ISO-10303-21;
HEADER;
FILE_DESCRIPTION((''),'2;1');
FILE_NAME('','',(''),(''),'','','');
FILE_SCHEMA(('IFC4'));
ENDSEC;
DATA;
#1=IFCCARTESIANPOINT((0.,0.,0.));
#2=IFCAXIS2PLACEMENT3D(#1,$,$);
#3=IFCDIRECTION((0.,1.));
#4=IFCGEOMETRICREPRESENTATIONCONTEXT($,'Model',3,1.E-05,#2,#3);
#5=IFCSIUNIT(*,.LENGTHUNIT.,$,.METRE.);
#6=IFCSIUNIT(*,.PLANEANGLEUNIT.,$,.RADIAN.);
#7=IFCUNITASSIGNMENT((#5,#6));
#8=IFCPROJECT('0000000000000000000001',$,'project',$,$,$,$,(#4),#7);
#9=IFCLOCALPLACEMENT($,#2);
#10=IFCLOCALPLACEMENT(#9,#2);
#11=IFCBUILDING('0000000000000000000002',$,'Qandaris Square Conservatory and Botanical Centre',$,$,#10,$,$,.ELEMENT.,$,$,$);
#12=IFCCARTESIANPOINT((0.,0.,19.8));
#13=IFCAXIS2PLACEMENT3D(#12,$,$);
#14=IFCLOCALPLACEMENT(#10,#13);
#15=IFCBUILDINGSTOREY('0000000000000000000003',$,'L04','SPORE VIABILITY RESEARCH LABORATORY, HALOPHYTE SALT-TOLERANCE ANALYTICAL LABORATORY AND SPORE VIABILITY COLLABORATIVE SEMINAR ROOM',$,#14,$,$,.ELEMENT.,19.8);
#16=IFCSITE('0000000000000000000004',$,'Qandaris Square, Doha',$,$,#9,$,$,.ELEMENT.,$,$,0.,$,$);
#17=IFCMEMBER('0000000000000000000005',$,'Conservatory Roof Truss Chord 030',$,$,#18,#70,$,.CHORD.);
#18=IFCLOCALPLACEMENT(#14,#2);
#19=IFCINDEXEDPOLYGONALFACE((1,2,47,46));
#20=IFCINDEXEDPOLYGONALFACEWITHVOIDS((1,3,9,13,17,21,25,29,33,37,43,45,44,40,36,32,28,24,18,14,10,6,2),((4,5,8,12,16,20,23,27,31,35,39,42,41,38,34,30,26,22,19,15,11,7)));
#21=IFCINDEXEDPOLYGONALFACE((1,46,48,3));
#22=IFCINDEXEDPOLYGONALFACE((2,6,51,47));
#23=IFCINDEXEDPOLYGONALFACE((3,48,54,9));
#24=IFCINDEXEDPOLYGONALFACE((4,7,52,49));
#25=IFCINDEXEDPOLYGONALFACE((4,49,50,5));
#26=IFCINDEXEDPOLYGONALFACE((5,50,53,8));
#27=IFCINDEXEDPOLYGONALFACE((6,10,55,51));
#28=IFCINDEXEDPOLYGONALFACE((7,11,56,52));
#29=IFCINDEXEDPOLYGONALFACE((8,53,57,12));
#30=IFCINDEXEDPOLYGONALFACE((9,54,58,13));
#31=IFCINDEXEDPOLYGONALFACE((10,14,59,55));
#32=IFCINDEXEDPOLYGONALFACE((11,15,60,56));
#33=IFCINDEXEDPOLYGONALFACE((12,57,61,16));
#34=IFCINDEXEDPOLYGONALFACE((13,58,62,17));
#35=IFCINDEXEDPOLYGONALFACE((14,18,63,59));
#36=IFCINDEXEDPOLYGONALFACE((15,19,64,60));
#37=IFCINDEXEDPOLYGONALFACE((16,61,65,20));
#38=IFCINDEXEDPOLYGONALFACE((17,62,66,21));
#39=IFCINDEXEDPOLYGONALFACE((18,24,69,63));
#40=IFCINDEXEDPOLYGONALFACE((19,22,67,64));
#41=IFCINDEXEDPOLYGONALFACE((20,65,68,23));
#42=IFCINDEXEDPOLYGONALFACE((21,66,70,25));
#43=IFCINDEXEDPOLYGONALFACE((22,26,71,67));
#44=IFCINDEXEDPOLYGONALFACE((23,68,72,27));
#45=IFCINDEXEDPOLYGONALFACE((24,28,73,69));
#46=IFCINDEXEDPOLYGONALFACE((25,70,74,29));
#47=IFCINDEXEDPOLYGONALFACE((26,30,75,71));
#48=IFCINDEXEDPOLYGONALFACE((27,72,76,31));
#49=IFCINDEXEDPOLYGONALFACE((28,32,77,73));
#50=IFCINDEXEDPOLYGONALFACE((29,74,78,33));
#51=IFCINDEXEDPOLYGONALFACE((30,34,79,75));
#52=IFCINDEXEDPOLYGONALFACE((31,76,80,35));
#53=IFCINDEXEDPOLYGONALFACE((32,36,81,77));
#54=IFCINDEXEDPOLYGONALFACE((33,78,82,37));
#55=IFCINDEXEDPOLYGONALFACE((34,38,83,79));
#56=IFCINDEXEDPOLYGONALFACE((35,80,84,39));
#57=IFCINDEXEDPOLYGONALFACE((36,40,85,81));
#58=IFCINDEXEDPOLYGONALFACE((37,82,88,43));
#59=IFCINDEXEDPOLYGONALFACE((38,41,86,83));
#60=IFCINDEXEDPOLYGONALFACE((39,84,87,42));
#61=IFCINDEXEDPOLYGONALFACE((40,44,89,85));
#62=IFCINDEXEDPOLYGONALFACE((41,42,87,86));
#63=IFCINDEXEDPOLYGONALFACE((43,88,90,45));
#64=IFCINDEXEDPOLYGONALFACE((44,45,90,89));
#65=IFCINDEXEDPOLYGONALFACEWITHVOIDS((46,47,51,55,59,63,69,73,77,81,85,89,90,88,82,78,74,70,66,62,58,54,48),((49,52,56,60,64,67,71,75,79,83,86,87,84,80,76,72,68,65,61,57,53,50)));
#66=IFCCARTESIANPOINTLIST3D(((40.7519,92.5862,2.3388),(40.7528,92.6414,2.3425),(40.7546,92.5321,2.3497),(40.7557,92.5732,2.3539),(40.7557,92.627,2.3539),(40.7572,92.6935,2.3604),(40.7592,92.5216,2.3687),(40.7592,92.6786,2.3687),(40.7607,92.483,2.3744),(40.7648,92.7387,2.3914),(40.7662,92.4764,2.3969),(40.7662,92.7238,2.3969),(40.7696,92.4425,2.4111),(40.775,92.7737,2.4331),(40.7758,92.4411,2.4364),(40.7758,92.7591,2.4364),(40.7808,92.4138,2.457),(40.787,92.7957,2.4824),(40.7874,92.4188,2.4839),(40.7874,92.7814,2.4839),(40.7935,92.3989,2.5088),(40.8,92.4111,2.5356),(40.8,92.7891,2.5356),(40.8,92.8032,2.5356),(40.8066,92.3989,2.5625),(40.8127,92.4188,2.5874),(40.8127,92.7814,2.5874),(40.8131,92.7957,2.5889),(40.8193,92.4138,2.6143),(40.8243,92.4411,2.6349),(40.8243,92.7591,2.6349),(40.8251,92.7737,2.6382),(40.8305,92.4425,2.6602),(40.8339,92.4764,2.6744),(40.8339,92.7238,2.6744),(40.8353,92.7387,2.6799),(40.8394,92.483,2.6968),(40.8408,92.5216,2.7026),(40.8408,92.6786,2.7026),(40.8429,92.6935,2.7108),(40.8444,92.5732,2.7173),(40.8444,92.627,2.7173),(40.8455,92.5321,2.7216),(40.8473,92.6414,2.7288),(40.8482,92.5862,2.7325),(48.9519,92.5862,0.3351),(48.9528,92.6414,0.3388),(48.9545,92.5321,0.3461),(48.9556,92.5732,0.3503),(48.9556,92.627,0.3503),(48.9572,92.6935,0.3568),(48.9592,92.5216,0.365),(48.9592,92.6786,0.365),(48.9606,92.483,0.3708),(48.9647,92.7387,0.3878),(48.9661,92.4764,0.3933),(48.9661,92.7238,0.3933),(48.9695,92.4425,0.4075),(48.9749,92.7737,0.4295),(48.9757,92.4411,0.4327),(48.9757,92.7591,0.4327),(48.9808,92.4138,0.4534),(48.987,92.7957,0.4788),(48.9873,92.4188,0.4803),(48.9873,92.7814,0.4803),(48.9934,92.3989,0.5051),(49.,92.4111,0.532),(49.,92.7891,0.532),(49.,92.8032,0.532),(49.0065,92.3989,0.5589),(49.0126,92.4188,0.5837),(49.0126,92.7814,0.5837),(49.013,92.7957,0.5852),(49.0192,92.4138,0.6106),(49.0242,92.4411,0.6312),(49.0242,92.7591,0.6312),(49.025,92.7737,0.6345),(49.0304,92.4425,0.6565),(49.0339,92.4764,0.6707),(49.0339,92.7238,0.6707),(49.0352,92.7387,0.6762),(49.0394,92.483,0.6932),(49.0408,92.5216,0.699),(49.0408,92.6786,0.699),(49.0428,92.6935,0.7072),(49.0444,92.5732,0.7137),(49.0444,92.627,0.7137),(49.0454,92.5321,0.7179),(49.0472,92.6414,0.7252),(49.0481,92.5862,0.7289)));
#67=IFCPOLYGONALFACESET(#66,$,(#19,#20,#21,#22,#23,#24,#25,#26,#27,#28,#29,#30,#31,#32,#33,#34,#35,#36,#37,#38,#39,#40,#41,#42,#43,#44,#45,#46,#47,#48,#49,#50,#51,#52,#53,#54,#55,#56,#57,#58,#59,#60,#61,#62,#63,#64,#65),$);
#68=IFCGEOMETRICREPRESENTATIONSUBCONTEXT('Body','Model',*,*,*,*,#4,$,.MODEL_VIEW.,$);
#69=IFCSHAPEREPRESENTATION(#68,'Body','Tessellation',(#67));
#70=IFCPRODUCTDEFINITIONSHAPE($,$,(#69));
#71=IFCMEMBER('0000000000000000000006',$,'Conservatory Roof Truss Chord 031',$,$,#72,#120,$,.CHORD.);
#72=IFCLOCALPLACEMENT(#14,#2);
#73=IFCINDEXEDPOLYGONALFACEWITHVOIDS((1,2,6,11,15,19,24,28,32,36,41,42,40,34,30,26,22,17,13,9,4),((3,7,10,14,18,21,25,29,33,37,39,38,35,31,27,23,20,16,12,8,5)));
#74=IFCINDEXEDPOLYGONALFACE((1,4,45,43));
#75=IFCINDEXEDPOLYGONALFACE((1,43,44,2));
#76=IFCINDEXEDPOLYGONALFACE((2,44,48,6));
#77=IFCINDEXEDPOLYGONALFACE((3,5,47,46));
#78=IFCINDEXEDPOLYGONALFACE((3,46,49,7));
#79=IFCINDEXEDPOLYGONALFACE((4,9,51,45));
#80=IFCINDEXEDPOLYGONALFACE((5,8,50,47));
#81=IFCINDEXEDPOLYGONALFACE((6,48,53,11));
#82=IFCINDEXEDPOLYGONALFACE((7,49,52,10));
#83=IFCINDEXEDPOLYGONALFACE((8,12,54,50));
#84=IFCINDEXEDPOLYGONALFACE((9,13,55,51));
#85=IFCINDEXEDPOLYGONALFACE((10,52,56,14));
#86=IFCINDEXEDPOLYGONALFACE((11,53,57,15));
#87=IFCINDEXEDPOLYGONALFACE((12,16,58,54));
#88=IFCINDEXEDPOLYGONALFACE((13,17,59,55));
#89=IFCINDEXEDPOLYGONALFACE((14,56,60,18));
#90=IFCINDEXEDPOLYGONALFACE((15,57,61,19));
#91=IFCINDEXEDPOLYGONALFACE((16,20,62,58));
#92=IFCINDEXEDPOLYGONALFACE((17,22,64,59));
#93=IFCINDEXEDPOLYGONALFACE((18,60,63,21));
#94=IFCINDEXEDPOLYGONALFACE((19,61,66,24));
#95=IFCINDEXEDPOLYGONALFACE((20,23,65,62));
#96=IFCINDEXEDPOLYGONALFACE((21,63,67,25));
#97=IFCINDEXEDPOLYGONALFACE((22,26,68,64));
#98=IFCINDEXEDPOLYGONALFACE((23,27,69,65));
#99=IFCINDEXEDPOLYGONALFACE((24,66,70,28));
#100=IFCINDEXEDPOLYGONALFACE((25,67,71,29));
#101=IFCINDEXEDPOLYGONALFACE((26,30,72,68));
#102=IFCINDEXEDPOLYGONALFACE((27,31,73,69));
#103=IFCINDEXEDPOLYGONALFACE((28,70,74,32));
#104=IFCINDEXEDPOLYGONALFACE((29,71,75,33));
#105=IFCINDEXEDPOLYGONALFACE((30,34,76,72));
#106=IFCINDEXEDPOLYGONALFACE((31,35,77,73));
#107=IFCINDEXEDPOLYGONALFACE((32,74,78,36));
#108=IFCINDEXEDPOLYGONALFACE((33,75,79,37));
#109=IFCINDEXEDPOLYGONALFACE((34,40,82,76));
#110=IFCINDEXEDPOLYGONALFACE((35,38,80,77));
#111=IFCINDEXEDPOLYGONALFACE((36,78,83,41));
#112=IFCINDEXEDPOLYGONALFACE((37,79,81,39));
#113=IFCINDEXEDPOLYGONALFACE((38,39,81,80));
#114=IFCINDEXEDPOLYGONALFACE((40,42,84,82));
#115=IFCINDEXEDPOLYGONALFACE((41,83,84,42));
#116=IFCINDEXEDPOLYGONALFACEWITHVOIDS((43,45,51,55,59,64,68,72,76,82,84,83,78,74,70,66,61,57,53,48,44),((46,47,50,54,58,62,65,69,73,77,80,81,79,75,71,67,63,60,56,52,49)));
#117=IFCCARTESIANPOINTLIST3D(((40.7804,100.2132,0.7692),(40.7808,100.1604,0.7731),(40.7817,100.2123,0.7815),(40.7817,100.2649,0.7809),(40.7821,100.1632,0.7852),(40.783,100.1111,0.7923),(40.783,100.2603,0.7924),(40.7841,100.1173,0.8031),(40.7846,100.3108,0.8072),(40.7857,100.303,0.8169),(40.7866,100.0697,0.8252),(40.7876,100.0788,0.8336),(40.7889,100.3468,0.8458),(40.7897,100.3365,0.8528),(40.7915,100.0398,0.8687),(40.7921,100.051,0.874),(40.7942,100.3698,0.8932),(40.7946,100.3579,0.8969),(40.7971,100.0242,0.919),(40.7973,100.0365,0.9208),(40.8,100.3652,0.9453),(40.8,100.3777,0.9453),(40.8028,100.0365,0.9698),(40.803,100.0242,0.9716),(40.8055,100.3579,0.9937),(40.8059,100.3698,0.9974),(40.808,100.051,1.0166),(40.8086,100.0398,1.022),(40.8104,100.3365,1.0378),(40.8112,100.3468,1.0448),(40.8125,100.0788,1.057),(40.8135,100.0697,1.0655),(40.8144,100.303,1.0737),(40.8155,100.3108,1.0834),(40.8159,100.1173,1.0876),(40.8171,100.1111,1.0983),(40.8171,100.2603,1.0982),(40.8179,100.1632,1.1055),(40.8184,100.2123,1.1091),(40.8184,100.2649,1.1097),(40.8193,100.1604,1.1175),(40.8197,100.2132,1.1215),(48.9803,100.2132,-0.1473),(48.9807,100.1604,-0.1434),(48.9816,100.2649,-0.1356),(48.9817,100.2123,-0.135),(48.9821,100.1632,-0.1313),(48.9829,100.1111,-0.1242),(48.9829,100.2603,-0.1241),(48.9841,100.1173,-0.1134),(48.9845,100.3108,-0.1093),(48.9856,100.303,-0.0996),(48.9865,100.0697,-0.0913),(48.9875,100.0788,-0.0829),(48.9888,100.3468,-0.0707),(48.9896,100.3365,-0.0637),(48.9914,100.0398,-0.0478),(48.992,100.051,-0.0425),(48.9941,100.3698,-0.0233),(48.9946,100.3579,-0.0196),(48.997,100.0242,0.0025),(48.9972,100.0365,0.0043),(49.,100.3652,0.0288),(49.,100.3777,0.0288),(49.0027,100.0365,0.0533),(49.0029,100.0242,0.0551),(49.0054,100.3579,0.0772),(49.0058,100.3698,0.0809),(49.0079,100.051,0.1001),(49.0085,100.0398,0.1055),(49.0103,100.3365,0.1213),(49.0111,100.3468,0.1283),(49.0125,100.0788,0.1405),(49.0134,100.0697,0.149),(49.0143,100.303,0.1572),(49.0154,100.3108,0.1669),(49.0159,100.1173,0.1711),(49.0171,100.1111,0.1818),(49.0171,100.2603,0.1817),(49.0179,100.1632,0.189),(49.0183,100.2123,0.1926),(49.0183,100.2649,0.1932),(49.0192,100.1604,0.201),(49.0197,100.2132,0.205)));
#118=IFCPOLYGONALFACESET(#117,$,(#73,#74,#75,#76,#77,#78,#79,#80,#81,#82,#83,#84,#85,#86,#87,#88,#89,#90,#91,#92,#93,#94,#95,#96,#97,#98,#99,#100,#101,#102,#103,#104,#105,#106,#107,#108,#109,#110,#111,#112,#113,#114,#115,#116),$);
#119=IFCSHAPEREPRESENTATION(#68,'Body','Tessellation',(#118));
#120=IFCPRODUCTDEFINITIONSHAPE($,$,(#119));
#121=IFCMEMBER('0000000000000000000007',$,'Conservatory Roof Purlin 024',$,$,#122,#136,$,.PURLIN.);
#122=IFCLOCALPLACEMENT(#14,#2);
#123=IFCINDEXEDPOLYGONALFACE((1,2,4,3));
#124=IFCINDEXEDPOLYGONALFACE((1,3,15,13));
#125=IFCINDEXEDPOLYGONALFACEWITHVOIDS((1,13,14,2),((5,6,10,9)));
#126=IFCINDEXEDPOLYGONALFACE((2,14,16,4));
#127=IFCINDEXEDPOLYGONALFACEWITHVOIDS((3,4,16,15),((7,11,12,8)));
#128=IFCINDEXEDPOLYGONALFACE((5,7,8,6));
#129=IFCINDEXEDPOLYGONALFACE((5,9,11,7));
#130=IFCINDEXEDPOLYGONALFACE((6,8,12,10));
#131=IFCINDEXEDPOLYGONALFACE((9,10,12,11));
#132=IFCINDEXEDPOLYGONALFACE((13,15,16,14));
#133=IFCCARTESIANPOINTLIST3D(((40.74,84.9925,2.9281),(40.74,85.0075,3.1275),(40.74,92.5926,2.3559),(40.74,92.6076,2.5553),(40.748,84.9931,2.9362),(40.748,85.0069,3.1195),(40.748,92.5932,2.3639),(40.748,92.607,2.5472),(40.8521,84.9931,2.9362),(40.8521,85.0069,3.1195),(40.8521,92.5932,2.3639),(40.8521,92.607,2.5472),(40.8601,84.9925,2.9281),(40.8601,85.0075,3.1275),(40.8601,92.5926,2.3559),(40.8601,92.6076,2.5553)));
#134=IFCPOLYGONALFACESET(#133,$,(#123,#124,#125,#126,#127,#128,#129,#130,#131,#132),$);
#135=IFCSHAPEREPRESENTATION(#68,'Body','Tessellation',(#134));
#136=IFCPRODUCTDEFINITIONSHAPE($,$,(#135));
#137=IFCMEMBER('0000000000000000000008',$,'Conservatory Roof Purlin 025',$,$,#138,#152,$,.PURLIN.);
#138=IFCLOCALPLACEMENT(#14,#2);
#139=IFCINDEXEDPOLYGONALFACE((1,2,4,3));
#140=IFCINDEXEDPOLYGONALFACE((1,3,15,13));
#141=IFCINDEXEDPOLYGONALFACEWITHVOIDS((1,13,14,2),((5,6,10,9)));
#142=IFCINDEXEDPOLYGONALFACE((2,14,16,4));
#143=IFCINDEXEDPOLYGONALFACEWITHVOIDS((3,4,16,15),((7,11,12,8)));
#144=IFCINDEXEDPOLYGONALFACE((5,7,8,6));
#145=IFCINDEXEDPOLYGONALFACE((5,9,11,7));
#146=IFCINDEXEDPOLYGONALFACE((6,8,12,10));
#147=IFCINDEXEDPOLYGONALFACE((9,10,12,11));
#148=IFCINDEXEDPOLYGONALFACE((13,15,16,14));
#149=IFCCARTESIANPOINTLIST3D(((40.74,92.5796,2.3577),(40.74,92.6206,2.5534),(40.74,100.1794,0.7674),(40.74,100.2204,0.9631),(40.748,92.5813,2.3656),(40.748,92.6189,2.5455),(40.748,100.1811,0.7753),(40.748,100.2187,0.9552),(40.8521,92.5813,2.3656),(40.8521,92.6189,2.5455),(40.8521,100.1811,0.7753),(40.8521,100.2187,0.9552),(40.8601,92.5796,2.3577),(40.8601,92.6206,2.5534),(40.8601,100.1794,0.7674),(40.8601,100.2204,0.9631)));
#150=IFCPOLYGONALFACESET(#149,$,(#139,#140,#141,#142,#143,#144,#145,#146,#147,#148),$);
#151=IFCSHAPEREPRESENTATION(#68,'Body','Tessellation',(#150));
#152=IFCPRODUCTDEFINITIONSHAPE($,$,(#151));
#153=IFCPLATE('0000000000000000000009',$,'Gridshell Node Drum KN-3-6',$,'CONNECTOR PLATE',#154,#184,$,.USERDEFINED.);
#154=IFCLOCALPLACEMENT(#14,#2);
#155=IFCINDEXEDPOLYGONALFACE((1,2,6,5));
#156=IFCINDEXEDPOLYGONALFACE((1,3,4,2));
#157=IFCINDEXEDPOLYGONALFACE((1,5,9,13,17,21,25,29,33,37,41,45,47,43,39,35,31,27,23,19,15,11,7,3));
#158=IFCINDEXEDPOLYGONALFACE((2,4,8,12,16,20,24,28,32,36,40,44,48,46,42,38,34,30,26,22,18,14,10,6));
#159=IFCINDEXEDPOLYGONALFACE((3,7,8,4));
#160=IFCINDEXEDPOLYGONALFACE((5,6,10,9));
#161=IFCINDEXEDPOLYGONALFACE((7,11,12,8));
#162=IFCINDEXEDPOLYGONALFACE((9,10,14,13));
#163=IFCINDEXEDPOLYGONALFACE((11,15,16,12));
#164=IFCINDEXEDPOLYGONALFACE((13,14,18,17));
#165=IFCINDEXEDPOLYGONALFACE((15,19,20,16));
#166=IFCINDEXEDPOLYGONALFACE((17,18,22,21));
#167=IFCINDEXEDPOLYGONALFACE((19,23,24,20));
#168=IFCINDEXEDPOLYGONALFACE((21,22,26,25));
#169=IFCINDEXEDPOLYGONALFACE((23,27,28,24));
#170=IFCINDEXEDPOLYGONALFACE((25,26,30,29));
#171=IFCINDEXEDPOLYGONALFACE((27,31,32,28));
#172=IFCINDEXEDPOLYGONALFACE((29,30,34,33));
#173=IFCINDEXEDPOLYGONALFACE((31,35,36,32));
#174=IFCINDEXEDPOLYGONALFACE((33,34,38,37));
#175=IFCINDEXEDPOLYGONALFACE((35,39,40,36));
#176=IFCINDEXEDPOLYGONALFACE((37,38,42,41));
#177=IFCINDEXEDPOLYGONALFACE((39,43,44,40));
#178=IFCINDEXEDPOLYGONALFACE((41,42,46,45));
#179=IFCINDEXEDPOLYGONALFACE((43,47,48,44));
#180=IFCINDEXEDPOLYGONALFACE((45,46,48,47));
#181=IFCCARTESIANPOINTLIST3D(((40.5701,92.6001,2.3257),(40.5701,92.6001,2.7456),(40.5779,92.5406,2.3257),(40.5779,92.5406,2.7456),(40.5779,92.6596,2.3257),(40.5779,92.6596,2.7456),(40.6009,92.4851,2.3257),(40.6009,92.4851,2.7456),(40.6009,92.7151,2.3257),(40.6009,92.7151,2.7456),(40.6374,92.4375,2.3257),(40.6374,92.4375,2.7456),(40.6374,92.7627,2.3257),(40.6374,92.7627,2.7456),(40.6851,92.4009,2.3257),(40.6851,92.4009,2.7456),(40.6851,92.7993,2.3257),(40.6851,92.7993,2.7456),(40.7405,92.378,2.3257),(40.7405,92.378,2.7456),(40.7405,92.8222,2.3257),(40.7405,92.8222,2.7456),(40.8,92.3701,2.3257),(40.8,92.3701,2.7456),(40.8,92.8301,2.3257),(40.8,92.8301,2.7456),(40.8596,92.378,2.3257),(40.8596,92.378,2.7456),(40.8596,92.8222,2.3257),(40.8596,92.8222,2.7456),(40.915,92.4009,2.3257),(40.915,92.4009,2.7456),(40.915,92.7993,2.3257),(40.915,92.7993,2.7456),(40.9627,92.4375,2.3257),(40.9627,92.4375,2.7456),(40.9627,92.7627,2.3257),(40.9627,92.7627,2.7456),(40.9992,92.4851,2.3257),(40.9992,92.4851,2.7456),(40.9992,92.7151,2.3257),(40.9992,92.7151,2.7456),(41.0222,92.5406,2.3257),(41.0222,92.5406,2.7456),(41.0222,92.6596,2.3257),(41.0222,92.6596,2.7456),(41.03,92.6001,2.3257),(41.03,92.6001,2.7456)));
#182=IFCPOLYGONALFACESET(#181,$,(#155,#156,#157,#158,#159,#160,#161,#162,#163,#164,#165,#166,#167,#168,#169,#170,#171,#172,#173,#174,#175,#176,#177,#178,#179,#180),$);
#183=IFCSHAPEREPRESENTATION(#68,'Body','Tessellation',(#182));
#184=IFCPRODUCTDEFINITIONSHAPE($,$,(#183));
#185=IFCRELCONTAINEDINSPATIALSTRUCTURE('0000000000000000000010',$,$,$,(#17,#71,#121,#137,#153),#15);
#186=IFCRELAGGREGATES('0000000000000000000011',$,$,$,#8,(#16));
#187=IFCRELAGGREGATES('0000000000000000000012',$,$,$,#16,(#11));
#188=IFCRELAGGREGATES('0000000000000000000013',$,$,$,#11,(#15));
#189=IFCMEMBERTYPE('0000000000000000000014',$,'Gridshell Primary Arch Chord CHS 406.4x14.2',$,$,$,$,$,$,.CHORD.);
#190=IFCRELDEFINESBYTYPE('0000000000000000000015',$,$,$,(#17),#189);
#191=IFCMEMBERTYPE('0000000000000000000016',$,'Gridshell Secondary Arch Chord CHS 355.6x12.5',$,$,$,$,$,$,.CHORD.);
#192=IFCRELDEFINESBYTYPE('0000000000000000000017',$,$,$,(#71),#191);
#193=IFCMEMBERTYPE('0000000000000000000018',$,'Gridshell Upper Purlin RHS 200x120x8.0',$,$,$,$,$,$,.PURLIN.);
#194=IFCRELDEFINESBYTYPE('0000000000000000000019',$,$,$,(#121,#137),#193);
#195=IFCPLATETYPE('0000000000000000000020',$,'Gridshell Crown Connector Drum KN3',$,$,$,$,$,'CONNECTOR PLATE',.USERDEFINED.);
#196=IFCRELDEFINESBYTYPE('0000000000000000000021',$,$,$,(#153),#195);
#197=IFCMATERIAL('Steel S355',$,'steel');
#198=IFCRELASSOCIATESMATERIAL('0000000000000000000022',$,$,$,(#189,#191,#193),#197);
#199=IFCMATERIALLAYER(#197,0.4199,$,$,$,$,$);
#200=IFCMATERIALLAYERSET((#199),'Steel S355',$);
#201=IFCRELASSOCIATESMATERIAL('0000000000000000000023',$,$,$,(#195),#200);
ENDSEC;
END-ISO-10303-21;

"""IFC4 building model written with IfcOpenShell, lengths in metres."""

from ifc_helpers import new_model, si_unit, direction, frame, origin, origin_2d, place, context, subcontext, project, spatial, hollow_rectangle, circle, hollow_circle, extrude, material, layer, layer_set, material_profile, profile_set, type_object, element, save


model = new_model("IFC4")

# Units and contexts
model_context = context("Model", 3, precision=1e-05, world=origin(), true_north=direction((0.0, 1.0)))
body_context = subcontext(model_context, "Body", "Model", "MODEL_VIEW")
ifc_project = project(units=[si_unit("LENGTHUNIT", "METRE"), si_unit("PLANEANGLEUNIT", "RADIAN")], contexts=[model_context])

# Site, building, storey
site_placement = place(None, origin())
site = spatial("IfcSite", under=ifc_project, at=site_placement, Name="Qandaris Square, Doha", CompositionType="ELEMENT", RefElevation=0.0)
building_placement = place(site_placement, origin())
building = spatial("IfcBuilding", under=site, at=building_placement, Name="Qandaris Square Conservatory and Botanical Centre", CompositionType="ELEMENT")
storey_placement = place(building_placement, frame((0.0, 0.0, 19.8)))
storey = spatial("IfcBuildingStorey", under=building, at=storey_placement, Name="L04", Description="SPORE VIABILITY RESEARCH LABORATORY, HALOPHYTE SALT-TOLERANCE ANALYTICAL LABORATORY AND SPORE VIABILITY COLLABORATIVE SEMINAR ROOM", CompositionType="ELEMENT", Elevation=19.8)

# Members
ifc_material = material(Name="Steel S355", Category="steel")
ifc_material_profile_1 = material_profile(ifc_material, hollow_circle(Radius=0.2031, WallThickness=0.0142, at=origin_2d()), Name="CHS 406.4x14.2")
ifc_profile_set_1 = profile_set([ifc_material_profile_1], Name="Steel S355")
member_type_1 = type_object("IfcMemberType", Name="Gridshell Primary Arch Chord CHS 406.4x14.2", PredefinedType="CHORD", material=ifc_profile_set_1)
member_1_placement = place(storey_placement, frame((40.8, 92.6001, 2.5356), z_axis=(0.97142, 0.0, -0.237367), x_axis=(0.0, 1.0, 0.0)))
element("IfcMember", 1, at=member_1_placement, inside=storey, type_object=member_type_1, Name="Conservatory Roof Truss Chord 030", PredefinedType="CHORD", context=body_context, shape_type="SweptSolid", body=[
    extrude(hollow_circle(Radius=0.2031, WallThickness=0.0142, at=origin_2d()), origin(), (0.0, 0.0, 1.0), 8.4412),
])
ifc_material_profile_2 = material_profile(ifc_material, hollow_circle(Radius=0.1777, WallThickness=0.0125, at=origin_2d()), Name="CHS 355.6x12.5")
ifc_profile_set_2 = profile_set([ifc_material_profile_2], Name="Steel S355")
member_type_2 = type_object("IfcMemberType", Name="Gridshell Secondary Arch Chord CHS 355.6x12.5", PredefinedType="CHORD", material=ifc_profile_set_2)
member_2_placement = place(storey_placement, frame((40.8, 100.2, 0.9453), z_axis=(0.993812, 0.0, -0.111078), x_axis=(0.0, 1.0, 0.0)))
element("IfcMember", 2, at=member_2_placement, inside=storey, type_object=member_type_2, Name="Conservatory Roof Truss Chord 031", PredefinedType="CHORD", context=body_context, shape_type="SweptSolid", body=[
    extrude(hollow_circle(Radius=0.1777, WallThickness=0.0125, at=origin_2d()), origin(), (0.0, 0.0, 1.0), 8.251),
])
ifc_material_profile_3 = material_profile(ifc_material, hollow_rectangle(XDim=0.1201, YDim=0.2, WallThickness=0.0081, at=origin_2d()), Name="RHS 200x120x8.0")
ifc_profile_set_3 = profile_set([ifc_material_profile_3], Name="Steel S355")
member_type_3 = type_object("IfcMemberType", Name="Gridshell Upper Purlin RHS 200x120x8.0", PredefinedType="PURLIN", material=ifc_profile_set_3)
member_3_placement = place(storey_placement, frame((40.8, 85.0, 3.0278), z_axis=(0.0, 0.997177, -0.075085), x_axis=(-1.0, 0.0, 0.0)))
element("IfcMember", 3, at=member_3_placement, inside=storey, type_object=member_type_3, Name="Conservatory Roof Purlin 024", PredefinedType="PURLIN", context=body_context, shape_type="SweptSolid", body=[
    extrude(hollow_rectangle(XDim=0.1201, YDim=0.2, WallThickness=0.0081, at=origin_2d()), origin(), (0.0, 0.0, 1.0), 7.6216),
])
member_4_placement = place(storey_placement, frame((40.8, 92.6001, 2.4556), z_axis=(0.0, 0.978799, -0.204822), x_axis=(-1.0, 0.0, 0.0)))
element("IfcMember", 4, at=member_4_placement, inside=storey, type_object=member_type_3, Name="Conservatory Roof Purlin 025", PredefinedType="PURLIN", context=body_context, shape_type="SweptSolid", body=[
    extrude(hollow_rectangle(XDim=0.1201, YDim=0.2, WallThickness=0.0081, at=origin_2d()), origin(), (0.0, 0.0, 1.0), 7.7644),
])

# Plate
ifc_layer_1 = layer(ifc_material, 0.4199)
ifc_layer_set_1 = layer_set([ifc_layer_1], Name="Steel S355")
plate_type = type_object("IfcPlateType", Name="Gridshell Crown Connector Drum KN3", ElementType="CONNECTOR PLATE", PredefinedType="USERDEFINED", material=ifc_layer_set_1)
for number, where, z_axis, x_axis, name in (
    (5, (40.8, 92.6001, 2.3257), (0.0, 0.0, 1.0), (1.0, 0.0, 0.0), "Gridshell Node Drum KN-3-6"),
):
    element("IfcPlate", number, at=place(storey_placement, frame(where, z_axis=z_axis, x_axis=x_axis)), inside=storey, type_object=plate_type, Name=name, ObjectType="CONNECTOR PLATE", PredefinedType="USERDEFINED", context=body_context, shape_type="SweptSolid", body=[
        extrude(circle(Radius=0.23, at=origin_2d()), origin(), (0.0, 0.0, 1.0), 0.4199),
    ])

save(model, "model.ifc")
